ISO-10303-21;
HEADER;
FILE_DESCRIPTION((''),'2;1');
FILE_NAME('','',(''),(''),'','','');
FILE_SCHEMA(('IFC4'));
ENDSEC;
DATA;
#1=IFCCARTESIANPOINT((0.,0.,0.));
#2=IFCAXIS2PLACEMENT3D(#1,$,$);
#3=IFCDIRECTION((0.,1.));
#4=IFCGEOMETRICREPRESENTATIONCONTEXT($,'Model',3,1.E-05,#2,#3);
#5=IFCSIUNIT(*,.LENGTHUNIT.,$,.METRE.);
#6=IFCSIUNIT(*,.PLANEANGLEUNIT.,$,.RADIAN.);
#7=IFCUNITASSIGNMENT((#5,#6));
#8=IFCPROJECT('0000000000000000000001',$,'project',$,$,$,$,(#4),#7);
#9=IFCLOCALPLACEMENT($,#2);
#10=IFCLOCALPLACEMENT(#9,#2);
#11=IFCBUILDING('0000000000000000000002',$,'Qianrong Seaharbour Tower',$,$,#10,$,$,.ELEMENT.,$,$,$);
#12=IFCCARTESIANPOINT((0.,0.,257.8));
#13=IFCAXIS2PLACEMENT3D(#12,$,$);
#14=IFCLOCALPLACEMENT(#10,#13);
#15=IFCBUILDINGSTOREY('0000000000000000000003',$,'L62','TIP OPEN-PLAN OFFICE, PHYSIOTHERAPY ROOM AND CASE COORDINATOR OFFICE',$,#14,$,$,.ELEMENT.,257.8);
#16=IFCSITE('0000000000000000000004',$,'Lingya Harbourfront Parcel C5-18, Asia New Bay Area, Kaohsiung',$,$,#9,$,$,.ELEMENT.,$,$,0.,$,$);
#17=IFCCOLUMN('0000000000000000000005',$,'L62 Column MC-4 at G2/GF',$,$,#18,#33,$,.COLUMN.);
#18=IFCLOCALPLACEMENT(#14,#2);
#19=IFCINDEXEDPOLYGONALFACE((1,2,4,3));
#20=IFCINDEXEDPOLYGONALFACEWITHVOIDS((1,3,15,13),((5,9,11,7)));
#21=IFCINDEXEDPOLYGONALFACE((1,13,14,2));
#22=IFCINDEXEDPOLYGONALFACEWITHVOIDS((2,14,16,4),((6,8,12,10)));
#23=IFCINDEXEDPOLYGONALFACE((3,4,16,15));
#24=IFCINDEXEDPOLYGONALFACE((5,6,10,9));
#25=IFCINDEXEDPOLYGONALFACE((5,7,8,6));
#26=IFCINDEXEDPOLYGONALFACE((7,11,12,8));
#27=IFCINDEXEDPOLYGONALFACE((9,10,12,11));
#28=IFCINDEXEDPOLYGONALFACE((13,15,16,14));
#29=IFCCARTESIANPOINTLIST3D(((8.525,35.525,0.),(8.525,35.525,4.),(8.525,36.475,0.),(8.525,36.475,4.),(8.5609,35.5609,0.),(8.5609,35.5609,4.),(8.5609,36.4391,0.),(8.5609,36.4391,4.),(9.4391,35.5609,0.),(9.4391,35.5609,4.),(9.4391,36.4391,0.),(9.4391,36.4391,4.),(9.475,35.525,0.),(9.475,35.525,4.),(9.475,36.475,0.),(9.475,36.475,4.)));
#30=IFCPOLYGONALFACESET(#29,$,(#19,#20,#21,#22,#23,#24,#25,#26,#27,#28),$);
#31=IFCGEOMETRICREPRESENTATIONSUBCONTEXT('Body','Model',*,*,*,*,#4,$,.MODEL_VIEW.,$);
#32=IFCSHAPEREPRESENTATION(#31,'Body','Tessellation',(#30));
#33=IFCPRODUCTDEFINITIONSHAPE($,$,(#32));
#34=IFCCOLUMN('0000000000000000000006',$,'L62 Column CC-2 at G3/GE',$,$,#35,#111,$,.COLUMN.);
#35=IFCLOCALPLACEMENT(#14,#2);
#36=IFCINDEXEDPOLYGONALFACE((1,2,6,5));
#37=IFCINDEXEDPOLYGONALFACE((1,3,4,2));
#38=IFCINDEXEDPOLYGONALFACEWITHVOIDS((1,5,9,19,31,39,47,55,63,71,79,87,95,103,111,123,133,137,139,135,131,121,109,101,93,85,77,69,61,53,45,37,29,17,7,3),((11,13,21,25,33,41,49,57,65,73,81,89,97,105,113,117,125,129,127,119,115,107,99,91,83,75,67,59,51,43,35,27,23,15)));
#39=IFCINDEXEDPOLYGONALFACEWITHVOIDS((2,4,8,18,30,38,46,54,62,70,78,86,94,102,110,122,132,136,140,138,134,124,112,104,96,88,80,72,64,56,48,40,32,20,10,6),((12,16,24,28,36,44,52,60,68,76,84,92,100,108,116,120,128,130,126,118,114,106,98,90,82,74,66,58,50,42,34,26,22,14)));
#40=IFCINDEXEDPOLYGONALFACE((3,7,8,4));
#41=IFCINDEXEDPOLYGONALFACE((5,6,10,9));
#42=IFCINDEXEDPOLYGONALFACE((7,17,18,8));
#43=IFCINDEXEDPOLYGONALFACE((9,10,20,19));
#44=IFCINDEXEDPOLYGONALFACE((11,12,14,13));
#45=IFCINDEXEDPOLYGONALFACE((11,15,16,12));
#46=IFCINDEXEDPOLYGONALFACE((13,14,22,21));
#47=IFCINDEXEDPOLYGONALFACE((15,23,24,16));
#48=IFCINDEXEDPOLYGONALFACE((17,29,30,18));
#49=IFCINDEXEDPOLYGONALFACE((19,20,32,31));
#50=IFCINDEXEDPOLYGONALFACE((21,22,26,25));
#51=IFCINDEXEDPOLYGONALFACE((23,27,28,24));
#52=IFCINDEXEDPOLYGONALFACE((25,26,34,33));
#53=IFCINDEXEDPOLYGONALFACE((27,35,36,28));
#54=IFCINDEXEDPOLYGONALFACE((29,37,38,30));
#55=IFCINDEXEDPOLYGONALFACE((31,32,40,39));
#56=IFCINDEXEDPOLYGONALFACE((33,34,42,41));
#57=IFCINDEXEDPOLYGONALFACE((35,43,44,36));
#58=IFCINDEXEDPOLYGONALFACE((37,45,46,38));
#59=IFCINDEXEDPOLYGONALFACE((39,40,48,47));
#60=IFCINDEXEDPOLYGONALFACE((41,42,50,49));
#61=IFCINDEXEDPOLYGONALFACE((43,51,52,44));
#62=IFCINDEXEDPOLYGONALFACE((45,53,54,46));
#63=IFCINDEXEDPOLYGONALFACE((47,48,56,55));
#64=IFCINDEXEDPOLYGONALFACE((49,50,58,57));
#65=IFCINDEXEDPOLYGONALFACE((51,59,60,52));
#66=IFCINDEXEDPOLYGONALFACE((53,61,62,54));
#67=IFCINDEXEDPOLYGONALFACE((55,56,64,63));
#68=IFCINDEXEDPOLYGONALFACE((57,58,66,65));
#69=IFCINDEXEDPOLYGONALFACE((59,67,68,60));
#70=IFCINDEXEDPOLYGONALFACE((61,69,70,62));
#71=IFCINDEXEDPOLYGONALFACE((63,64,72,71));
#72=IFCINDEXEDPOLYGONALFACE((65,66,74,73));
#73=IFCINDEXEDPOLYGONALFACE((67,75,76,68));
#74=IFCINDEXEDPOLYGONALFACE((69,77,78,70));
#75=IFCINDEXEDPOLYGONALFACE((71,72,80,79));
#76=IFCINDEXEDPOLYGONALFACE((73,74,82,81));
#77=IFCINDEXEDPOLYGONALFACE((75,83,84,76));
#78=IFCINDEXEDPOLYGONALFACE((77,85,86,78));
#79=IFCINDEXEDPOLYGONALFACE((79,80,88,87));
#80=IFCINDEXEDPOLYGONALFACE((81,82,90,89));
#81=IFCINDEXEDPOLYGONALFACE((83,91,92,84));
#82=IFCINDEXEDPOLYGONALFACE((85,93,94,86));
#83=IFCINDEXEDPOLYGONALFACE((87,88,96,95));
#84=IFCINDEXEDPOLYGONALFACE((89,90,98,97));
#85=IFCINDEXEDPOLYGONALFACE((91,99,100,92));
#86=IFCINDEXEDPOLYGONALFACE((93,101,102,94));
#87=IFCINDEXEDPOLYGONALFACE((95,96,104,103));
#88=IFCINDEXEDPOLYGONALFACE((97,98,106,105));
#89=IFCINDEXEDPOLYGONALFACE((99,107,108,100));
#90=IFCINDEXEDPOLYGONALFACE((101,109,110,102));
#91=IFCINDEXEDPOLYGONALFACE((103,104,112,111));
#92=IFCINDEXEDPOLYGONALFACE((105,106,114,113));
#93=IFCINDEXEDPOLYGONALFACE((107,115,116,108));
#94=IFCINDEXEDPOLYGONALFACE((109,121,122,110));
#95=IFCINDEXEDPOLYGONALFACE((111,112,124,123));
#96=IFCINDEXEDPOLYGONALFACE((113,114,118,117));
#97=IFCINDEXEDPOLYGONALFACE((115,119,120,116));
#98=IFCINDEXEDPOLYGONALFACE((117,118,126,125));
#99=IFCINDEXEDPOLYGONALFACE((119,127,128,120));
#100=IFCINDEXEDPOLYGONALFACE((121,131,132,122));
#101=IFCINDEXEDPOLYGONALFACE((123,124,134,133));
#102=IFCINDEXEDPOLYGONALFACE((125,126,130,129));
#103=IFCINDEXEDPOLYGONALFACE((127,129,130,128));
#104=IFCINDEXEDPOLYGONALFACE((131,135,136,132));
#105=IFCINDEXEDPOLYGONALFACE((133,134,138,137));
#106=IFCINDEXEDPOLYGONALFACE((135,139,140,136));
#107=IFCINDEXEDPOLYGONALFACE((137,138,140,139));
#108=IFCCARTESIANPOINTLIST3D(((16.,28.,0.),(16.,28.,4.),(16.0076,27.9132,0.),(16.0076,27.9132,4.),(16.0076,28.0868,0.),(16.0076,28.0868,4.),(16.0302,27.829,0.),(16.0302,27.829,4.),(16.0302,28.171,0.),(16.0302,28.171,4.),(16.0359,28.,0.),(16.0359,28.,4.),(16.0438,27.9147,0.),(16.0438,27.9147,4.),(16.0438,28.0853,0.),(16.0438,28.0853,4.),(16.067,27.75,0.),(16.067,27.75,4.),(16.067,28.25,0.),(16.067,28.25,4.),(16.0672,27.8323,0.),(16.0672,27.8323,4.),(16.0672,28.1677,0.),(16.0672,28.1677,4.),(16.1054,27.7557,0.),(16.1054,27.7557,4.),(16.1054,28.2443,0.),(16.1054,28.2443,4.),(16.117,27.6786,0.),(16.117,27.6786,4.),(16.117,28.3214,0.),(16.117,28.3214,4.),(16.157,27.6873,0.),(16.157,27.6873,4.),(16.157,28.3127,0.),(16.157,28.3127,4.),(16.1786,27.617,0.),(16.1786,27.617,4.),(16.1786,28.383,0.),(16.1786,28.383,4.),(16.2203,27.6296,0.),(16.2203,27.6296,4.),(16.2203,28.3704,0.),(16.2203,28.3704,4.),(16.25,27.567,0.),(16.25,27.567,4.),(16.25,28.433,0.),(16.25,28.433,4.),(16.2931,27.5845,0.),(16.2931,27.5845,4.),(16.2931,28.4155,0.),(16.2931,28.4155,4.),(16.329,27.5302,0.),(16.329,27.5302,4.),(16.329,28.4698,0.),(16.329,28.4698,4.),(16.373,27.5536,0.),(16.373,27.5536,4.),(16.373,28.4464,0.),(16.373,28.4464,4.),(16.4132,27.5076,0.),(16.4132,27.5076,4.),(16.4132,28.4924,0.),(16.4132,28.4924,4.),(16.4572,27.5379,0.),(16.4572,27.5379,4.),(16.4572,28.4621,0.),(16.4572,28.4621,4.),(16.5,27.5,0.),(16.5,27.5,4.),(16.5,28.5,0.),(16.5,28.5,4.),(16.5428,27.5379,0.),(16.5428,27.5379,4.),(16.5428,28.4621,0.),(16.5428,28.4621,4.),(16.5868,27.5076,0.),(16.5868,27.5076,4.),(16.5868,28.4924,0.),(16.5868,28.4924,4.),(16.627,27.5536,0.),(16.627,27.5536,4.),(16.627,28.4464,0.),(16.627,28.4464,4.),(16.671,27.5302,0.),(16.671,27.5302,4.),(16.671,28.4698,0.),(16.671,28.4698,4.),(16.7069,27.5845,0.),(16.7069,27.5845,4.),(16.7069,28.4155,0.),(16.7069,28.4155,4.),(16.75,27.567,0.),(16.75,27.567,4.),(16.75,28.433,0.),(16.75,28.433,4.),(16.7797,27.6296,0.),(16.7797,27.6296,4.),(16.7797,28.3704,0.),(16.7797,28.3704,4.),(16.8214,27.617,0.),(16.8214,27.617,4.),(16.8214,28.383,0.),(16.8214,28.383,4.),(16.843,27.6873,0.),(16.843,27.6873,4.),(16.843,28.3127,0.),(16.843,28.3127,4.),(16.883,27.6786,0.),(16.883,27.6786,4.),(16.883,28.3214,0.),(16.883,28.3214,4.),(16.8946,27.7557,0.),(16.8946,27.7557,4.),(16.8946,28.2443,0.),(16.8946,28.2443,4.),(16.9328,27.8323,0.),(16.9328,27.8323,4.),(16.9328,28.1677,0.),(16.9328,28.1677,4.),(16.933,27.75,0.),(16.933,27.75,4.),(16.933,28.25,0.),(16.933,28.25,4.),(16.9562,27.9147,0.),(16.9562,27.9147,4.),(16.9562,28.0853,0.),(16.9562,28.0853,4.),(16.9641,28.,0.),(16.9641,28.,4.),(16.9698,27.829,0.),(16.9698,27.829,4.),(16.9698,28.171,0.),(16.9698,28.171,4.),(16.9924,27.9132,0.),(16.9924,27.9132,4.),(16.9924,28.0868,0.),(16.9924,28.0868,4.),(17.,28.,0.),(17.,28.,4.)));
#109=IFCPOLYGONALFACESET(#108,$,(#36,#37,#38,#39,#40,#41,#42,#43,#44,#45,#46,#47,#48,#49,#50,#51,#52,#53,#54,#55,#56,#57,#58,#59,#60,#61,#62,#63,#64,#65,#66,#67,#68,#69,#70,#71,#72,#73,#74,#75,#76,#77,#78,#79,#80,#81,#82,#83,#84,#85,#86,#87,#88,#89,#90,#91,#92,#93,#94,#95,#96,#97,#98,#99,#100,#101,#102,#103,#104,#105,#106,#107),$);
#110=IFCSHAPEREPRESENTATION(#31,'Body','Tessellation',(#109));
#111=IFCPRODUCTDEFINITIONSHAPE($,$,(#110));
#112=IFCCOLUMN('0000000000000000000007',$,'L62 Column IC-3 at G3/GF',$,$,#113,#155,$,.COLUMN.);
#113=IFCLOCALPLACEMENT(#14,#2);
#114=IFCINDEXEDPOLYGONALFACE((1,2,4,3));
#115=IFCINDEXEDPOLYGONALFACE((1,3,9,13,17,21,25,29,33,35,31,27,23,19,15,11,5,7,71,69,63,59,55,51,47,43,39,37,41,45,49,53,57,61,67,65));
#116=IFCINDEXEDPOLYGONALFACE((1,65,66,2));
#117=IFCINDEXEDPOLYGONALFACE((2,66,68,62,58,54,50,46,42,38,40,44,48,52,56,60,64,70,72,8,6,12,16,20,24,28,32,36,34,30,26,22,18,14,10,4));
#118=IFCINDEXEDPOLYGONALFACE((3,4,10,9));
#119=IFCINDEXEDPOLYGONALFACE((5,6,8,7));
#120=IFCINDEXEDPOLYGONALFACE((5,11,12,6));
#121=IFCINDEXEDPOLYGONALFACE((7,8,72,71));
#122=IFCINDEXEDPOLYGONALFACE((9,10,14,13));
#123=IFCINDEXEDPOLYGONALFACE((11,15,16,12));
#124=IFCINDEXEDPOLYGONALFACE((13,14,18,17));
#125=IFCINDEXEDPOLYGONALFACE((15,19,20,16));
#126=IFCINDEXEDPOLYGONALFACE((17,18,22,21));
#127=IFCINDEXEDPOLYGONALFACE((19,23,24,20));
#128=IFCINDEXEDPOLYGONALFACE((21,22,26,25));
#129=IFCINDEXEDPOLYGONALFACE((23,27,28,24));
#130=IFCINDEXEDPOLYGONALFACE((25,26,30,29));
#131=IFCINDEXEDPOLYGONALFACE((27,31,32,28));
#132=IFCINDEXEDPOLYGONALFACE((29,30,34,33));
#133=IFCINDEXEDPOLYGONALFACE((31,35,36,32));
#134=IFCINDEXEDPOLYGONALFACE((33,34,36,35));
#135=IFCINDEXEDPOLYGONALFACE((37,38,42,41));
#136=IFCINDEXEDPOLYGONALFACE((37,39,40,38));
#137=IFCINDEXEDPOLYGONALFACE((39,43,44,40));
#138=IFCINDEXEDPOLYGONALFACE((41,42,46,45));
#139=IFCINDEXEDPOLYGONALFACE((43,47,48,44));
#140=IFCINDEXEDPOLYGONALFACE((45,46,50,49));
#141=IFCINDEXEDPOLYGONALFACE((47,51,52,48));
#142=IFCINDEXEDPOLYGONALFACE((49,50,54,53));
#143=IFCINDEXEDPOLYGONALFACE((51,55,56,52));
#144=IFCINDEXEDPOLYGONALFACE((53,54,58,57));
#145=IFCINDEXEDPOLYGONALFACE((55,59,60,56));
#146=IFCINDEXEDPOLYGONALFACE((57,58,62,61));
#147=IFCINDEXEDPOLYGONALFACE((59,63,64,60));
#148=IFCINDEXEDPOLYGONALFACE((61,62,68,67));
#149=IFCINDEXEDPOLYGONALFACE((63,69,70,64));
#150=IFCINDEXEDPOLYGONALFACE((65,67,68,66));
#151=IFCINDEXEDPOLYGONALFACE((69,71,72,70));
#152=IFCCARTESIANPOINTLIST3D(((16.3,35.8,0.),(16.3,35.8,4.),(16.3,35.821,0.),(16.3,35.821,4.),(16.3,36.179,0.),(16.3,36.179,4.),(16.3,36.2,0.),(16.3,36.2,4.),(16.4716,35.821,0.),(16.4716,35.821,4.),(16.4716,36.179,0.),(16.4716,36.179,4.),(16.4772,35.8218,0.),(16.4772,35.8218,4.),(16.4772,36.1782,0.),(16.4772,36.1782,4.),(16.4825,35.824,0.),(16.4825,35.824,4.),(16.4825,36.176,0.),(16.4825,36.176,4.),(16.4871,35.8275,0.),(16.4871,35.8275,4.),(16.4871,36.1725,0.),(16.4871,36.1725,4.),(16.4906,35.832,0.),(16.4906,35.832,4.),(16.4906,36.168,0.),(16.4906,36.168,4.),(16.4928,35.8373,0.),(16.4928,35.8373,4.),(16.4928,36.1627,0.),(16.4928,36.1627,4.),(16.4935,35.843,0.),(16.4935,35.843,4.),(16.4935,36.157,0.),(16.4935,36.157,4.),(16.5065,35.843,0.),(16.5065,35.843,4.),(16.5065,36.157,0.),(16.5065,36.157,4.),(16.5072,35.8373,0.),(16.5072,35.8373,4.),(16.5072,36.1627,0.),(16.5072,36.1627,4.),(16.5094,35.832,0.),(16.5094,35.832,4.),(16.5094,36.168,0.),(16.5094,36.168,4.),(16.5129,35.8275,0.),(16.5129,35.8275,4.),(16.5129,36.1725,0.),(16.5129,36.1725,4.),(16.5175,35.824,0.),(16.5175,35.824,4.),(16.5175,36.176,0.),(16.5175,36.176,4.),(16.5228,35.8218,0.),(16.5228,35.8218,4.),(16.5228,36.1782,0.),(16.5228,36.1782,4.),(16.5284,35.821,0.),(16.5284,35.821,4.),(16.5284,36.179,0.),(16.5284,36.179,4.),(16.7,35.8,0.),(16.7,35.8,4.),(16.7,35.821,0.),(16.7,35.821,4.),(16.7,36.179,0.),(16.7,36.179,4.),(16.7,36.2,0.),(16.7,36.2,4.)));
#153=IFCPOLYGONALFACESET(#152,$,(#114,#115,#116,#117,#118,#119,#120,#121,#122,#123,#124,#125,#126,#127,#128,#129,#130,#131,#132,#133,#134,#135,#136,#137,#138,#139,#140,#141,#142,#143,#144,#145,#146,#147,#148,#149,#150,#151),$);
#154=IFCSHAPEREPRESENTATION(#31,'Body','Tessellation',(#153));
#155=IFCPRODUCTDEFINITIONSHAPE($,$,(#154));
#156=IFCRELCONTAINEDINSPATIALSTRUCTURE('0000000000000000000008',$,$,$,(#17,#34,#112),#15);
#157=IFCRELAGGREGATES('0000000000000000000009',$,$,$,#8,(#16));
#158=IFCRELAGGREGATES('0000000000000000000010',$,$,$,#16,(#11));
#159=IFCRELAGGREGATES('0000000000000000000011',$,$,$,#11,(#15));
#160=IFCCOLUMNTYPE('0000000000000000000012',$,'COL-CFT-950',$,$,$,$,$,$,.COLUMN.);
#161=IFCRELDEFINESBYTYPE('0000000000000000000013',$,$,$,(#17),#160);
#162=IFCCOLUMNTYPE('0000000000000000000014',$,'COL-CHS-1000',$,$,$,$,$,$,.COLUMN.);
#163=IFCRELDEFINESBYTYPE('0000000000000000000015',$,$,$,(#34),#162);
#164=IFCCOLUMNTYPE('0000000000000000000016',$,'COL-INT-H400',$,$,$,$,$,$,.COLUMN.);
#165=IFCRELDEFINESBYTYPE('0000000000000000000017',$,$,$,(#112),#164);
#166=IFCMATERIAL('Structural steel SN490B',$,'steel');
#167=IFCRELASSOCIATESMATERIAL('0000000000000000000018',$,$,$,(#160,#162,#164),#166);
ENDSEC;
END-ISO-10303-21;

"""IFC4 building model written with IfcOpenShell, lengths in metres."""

from ifc_helpers import new_model, si_unit, direction, frame, origin, origin_2d, place, context, subcontext, project, spatial, hollow_rectangle, hollow_circle, i_section, extrude, material, material_profile, profile_set, type_object, element, save


model = new_model("IFC4")

# Units and contexts
model_context = context("Model", 3, precision=1e-05, world=origin(), true_north=direction((0.0, 1.0)))
body_context = subcontext(model_context, "Body", "Model", "MODEL_VIEW")
ifc_project = project(units=[si_unit("LENGTHUNIT", "METRE"), si_unit("PLANEANGLEUNIT", "RADIAN")], contexts=[model_context])

# Site, building, storey
site_placement = place(None, origin())
site = spatial("IfcSite", under=ifc_project, at=site_placement, Name="Lingya Harbourfront Parcel C5-18, Asia New Bay Area, Kaohsiung", CompositionType="ELEMENT", RefElevation=0.0)
building_placement = place(site_placement, origin())
building = spatial("IfcBuilding", under=site, at=building_placement, Name="Qianrong Seaharbour Tower", CompositionType="ELEMENT")
storey_placement = place(building_placement, frame((0.0, 0.0, 257.8)))
storey = spatial("IfcBuildingStorey", under=building, at=storey_placement, Name="L62", Description="TIP OPEN-PLAN OFFICE, PHYSIOTHERAPY ROOM AND CASE COORDINATOR OFFICE", CompositionType="ELEMENT", Elevation=257.8)

# Columns
ifc_material_1 = material(Name="Structural steel SN490B", Category="steel")
ifc_material_profile_1 = material_profile(ifc_material_1, hollow_rectangle(XDim=0.95, YDim=0.95, WallThickness=0.0359, at=origin_2d()), Name="BOX950x950x36")
ifc_profile_set_1 = profile_set([ifc_material_profile_1], Name="Structural steel SN490B")
column_type_1 = type_object("IfcColumnType", Name="COL-CFT-950", PredefinedType="COLUMN", material=ifc_profile_set_1)
column_1_placement = place(storey_placement, frame((9.0, 36.0, 0.0), z_axis=(0.0, 0.0, 1.0), x_axis=(1.0, 0.0, 0.0)))
element("IfcColumn", 1, at=column_1_placement, inside=storey, type_object=column_type_1, Name="L62 Column MC-4 at G2/GF", PredefinedType="COLUMN", context=body_context, shape_type="SweptSolid", body=[
    extrude(hollow_rectangle(XDim=0.95, YDim=0.95, WallThickness=0.0359, at=origin_2d()), origin(), (0.0, 0.0, 1.0), 4.0),
])
ifc_material_profile_2 = material_profile(ifc_material_1, hollow_circle(Radius=0.5, WallThickness=0.0359, at=origin_2d()), Name="CHS1000x36")
ifc_profile_set_2 = profile_set([ifc_material_profile_2], Name="Structural steel SN490B")
column_type_2 = type_object("IfcColumnType", Name="COL-CHS-1000", PredefinedType="COLUMN", material=ifc_profile_set_2)
column_2_placement = place(storey_placement, frame((16.5, 28.0, 0.0), z_axis=(0.0, 0.0, 1.0), x_axis=(1.0, 0.0, 0.0)))
element("IfcColumn", 2, at=column_2_placement, inside=storey, type_object=column_type_2, Name="L62 Column CC-2 at G3/GE", PredefinedType="COLUMN", context=body_context, shape_type="SweptSolid", body=[
    extrude(hollow_circle(Radius=0.5, WallThickness=0.0359, at=origin_2d()), origin(), (0.0, 0.0, 1.0), 4.0),
])
ifc_material_profile_3 = material_profile(ifc_material_1, i_section(OverallWidth=0.3999, OverallDepth=0.3999, WebThickness=0.0129, FlangeThickness=0.021, FilletRadius=0.022, at=origin_2d()), Name="H400x400x13x21")
ifc_profile_set_3 = profile_set([ifc_material_profile_3], Name="Structural steel SN490B")
column_type_3 = type_object("IfcColumnType", Name="COL-INT-H400", PredefinedType="COLUMN", material=ifc_profile_set_3)
column_3_placement = place(storey_placement, frame((16.5, 36.0, 0.0), z_axis=(0.0, 0.0, 1.0), x_axis=(1.0, 0.0, 0.0)))
element("IfcColumn", 3, at=column_3_placement, inside=storey, type_object=column_type_3, Name="L62 Column IC-3 at G3/GF", PredefinedType="COLUMN", context=body_context, shape_type="SweptSolid", body=[
    extrude(i_section(OverallWidth=0.3999, OverallDepth=0.3999, WebThickness=0.0129, FlangeThickness=0.021, FilletRadius=0.022, at=origin_2d()), origin(), (0.0, 0.0, 1.0), 4.0),
])

save(model, "model.ifc")
